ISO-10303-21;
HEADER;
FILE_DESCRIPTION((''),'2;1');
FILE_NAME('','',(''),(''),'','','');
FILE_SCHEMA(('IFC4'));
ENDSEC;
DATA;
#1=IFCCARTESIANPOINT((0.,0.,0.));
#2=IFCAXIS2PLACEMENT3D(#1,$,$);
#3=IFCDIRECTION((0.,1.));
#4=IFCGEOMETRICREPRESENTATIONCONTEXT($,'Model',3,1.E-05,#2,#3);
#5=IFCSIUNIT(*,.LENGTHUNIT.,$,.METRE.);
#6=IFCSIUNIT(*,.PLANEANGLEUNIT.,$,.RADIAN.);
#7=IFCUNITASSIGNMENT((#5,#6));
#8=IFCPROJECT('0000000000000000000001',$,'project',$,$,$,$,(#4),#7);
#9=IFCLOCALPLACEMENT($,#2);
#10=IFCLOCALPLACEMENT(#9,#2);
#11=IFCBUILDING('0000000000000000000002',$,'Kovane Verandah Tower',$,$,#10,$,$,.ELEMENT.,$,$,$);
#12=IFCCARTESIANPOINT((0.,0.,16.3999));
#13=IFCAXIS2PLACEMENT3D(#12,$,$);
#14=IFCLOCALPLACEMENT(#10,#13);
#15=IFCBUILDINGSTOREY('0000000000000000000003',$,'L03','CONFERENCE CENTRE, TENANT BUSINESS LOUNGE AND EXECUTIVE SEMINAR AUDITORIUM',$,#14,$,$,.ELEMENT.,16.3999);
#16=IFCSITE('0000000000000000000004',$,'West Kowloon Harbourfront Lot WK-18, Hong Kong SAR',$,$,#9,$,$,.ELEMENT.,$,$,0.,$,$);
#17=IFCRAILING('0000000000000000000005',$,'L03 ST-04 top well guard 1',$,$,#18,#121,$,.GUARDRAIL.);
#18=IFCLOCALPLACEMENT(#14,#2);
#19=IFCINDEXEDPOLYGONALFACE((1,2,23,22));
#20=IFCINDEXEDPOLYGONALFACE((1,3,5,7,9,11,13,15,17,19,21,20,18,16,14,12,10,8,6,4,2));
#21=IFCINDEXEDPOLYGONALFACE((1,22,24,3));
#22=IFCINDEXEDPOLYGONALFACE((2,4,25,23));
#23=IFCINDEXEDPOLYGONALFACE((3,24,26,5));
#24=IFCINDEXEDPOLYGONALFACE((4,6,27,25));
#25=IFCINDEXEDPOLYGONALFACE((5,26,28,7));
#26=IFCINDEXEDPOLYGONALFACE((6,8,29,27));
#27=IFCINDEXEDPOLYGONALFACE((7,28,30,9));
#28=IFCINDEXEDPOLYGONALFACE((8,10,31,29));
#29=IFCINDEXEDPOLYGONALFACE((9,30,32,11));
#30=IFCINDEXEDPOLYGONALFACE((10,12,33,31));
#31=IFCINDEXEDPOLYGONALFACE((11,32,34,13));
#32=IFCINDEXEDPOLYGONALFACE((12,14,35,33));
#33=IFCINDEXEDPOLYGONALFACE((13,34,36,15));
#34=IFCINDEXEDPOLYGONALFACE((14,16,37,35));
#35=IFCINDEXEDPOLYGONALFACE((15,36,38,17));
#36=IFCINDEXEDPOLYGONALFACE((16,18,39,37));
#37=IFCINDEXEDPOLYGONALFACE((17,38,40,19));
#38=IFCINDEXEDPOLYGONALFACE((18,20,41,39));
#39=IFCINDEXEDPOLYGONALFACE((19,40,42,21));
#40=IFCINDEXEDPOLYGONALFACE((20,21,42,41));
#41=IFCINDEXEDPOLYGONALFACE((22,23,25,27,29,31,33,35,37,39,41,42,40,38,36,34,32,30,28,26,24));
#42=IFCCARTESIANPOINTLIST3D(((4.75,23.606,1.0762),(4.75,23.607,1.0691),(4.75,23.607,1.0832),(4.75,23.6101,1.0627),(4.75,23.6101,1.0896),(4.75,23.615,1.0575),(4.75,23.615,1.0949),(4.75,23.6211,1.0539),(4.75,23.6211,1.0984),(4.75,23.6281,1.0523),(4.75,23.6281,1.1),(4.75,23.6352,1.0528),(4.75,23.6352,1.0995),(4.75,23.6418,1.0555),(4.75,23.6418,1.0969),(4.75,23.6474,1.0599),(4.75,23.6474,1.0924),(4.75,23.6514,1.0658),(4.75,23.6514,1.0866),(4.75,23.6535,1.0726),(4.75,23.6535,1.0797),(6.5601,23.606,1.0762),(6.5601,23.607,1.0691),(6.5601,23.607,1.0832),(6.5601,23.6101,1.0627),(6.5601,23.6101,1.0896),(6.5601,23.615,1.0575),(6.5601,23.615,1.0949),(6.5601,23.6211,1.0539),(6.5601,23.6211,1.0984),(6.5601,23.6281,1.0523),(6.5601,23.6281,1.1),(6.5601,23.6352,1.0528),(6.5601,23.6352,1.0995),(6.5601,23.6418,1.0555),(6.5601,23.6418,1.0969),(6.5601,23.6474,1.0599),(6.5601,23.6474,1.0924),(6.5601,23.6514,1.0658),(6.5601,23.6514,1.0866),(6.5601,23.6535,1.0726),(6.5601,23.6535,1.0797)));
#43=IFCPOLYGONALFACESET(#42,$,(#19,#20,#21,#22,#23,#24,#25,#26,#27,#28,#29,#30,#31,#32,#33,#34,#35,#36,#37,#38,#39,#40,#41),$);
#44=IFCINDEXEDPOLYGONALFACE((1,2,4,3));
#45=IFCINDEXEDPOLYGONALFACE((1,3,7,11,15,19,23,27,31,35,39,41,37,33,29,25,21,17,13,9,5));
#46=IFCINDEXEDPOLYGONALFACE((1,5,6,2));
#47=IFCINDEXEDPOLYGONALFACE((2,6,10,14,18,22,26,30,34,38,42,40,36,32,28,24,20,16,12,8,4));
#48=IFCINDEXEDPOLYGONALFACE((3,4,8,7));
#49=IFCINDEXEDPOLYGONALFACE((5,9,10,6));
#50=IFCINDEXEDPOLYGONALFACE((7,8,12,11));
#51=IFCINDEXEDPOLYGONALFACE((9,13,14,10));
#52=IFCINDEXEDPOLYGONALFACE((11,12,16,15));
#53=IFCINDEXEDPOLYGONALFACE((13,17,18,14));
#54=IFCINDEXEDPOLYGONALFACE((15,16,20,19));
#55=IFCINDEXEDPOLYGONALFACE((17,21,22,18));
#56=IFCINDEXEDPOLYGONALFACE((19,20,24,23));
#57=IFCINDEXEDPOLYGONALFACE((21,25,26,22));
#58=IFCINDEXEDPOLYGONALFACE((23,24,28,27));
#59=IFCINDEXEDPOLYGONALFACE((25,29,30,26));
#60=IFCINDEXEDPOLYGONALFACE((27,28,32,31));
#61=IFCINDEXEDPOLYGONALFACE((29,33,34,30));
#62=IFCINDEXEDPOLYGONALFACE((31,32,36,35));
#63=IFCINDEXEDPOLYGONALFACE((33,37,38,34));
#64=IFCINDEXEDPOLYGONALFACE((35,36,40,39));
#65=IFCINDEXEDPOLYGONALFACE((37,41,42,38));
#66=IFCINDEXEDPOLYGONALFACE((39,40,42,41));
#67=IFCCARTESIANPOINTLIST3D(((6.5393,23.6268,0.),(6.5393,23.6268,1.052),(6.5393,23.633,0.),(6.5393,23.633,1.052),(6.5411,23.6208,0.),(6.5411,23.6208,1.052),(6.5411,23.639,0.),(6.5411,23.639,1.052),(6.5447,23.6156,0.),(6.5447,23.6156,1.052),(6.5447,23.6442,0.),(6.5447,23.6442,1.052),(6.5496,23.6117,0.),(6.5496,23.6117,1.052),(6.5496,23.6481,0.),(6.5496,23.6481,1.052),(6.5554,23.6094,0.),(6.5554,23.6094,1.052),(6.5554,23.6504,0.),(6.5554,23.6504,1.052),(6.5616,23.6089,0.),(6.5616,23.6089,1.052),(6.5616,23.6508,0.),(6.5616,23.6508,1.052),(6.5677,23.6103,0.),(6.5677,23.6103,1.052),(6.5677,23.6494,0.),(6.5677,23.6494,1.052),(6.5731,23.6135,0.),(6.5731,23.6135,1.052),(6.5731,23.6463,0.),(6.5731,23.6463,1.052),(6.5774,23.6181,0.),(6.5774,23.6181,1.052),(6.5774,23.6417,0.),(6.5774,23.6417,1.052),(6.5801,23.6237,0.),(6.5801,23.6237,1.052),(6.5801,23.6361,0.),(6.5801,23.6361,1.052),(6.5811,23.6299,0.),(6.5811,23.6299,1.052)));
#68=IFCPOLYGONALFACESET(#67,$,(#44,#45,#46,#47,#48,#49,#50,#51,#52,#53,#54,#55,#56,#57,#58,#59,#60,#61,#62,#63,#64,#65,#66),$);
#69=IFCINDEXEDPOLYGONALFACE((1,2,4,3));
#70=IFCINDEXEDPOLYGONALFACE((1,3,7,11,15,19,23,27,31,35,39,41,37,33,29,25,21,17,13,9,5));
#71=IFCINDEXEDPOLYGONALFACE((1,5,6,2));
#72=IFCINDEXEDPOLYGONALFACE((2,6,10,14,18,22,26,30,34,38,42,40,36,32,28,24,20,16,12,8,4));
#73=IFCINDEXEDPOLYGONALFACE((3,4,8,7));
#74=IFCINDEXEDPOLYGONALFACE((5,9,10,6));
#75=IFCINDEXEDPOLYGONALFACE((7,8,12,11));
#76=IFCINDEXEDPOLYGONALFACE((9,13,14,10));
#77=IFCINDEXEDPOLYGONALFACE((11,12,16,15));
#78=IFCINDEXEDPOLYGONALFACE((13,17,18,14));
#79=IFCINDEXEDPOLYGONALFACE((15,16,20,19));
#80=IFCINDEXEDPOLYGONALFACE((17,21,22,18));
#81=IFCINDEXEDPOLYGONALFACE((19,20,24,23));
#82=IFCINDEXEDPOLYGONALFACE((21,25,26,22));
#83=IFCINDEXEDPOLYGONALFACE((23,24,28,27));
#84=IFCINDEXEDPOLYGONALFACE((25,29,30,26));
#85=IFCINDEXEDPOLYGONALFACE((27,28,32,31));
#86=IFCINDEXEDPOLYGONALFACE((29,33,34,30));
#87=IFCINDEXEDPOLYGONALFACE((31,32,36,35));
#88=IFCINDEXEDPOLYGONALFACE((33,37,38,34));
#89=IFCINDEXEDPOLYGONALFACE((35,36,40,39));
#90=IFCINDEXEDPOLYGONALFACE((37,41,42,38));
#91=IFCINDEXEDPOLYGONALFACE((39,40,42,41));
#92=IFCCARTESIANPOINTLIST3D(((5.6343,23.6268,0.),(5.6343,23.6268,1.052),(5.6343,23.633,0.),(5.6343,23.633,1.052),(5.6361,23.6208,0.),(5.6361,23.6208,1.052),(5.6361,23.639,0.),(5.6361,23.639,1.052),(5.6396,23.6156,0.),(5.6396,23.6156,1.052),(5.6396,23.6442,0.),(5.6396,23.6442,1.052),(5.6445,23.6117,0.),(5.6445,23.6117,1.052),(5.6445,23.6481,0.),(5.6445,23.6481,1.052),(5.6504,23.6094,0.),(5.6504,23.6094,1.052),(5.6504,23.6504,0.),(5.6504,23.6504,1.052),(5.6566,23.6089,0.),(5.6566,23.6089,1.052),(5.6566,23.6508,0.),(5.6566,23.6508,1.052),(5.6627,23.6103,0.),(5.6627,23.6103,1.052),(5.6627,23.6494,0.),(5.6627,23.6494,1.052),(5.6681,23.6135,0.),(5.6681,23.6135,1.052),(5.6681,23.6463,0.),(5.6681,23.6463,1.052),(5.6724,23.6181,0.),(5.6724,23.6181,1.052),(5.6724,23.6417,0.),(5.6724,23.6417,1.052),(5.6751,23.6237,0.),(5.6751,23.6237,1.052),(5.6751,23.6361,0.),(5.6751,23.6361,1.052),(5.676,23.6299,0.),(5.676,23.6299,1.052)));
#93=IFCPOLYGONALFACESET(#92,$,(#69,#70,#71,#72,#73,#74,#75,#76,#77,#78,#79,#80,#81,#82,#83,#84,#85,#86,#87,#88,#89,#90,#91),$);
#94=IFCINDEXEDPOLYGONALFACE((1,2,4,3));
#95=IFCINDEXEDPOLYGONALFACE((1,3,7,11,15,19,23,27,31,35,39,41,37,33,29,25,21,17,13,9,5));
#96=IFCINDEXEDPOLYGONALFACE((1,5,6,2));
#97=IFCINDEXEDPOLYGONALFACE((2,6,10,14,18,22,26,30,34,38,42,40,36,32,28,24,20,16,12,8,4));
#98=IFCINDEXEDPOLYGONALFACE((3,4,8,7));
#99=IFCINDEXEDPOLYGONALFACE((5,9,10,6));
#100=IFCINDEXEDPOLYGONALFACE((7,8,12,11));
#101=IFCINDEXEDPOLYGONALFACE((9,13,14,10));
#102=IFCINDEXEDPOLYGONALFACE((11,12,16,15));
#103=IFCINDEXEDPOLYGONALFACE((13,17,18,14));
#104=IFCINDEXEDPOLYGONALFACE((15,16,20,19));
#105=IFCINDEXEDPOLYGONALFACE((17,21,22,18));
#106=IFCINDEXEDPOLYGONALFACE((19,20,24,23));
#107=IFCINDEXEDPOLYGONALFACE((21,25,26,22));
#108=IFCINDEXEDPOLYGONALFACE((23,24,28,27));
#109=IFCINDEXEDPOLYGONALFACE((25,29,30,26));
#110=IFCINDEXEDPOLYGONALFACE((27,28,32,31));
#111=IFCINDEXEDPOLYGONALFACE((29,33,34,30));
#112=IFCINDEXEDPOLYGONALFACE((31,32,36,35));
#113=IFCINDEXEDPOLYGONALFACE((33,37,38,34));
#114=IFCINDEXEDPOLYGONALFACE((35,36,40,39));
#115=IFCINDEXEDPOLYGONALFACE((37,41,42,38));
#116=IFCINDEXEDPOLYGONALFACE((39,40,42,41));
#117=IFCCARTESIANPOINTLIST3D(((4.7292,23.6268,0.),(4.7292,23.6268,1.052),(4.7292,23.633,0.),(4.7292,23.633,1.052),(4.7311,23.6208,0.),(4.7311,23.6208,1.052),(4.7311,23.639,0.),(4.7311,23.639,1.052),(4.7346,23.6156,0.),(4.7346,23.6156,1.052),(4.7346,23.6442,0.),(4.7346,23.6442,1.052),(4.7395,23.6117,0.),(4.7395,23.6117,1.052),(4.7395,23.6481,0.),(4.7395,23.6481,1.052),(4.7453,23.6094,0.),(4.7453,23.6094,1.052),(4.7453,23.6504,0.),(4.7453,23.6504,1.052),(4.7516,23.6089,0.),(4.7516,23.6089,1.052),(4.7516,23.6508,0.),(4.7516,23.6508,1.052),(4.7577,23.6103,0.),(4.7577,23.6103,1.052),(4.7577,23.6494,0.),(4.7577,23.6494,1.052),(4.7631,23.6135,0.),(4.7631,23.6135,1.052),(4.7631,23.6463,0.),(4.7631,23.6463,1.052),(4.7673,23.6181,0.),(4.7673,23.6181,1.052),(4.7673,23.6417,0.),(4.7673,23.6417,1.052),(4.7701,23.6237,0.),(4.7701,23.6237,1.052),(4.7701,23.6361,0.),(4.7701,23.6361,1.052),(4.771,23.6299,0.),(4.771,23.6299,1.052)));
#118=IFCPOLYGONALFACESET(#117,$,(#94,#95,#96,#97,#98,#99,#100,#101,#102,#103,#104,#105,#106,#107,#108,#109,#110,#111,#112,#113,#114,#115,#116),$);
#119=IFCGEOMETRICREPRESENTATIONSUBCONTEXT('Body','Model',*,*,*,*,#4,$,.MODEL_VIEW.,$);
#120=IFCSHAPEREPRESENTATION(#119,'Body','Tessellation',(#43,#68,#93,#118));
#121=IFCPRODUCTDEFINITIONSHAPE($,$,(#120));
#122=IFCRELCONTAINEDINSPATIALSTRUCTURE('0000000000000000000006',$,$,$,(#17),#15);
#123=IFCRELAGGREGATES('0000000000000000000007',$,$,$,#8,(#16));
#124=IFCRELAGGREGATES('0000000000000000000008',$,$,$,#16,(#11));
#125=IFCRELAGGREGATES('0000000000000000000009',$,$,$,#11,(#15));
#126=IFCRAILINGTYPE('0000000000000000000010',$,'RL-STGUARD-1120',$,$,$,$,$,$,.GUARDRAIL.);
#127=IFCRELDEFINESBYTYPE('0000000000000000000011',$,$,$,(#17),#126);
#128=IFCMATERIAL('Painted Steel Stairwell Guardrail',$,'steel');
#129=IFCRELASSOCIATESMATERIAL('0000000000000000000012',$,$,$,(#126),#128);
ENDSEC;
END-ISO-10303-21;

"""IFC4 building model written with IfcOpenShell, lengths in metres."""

from ifc_helpers import new_model, si_unit, direction, frame, origin, origin_2d, place, context, subcontext, project, spatial, circle, extrude, material, type_object, element, save


model = new_model("IFC4")

# Units and contexts
model_context = context("Model", 3, precision=1e-05, world=origin(), true_north=direction((0.0, 1.0)))
body_context = subcontext(model_context, "Body", "Model", "MODEL_VIEW")
ifc_project = project(units=[si_unit("LENGTHUNIT", "METRE"), si_unit("PLANEANGLEUNIT", "RADIAN")], contexts=[model_context])

# Site, building, storey
site_placement = place(None, origin())
site = spatial("IfcSite", under=ifc_project, at=site_placement, Name="West Kowloon Harbourfront Lot WK-18, Hong Kong SAR", CompositionType="ELEMENT", RefElevation=0.0)
building_placement = place(site_placement, origin())
building = spatial("IfcBuilding", under=site, at=building_placement, Name="Kovane Verandah Tower", CompositionType="ELEMENT")
storey_placement = place(building_placement, frame((0.0, 0.0, 16.3999)))
storey = spatial("IfcBuildingStorey", under=building, at=storey_placement, Name="L03", Description="CONFERENCE CENTRE, TENANT BUSINESS LOUNGE AND EXECUTIVE SEMINAR AUDITORIUM", CompositionType="ELEMENT", Elevation=16.3999)

# Railing
ifc_material_1 = material(Name="Painted Steel Stairwell Guardrail", Category="steel")
railing_type_1 = type_object("IfcRailingType", Name="RL-STGUARD-1120", PredefinedType="GUARDRAIL", material=ifc_material_1)
railing_1_placement = place(storey_placement, frame((6.5601, 23.6299, 0.0)))
element("IfcRailing", 1, at=railing_1_placement, inside=storey, type_object=railing_type_1, Name="L03 ST-04 top well guard 1", PredefinedType="GUARDRAIL", context=body_context, shape_type="SweptSolid", body=[
    extrude(circle(Radius=0.0239, at=origin_2d()), frame((0.0, 0.0, 1.0762), z_axis=(-1.0, 0.0, 0.0), x_axis=(0.0, -1.0, 0.0)), (0.0, 0.0, 1.0), 1.8101),
    extrude(circle(Radius=0.021, at=origin_2d()), origin(), (0.0, 0.0, 1.0), 1.052),
    extrude(circle(Radius=0.021, at=origin_2d()), frame((-0.905, 0.0, 0.0)), (0.0, 0.0, 1.0), 1.052),
    extrude(circle(Radius=0.021, at=origin_2d()), frame((-1.8101, 0.0, 0.0)), (0.0, 0.0, 1.0), 1.052),
])

save(model, "model.ifc")
